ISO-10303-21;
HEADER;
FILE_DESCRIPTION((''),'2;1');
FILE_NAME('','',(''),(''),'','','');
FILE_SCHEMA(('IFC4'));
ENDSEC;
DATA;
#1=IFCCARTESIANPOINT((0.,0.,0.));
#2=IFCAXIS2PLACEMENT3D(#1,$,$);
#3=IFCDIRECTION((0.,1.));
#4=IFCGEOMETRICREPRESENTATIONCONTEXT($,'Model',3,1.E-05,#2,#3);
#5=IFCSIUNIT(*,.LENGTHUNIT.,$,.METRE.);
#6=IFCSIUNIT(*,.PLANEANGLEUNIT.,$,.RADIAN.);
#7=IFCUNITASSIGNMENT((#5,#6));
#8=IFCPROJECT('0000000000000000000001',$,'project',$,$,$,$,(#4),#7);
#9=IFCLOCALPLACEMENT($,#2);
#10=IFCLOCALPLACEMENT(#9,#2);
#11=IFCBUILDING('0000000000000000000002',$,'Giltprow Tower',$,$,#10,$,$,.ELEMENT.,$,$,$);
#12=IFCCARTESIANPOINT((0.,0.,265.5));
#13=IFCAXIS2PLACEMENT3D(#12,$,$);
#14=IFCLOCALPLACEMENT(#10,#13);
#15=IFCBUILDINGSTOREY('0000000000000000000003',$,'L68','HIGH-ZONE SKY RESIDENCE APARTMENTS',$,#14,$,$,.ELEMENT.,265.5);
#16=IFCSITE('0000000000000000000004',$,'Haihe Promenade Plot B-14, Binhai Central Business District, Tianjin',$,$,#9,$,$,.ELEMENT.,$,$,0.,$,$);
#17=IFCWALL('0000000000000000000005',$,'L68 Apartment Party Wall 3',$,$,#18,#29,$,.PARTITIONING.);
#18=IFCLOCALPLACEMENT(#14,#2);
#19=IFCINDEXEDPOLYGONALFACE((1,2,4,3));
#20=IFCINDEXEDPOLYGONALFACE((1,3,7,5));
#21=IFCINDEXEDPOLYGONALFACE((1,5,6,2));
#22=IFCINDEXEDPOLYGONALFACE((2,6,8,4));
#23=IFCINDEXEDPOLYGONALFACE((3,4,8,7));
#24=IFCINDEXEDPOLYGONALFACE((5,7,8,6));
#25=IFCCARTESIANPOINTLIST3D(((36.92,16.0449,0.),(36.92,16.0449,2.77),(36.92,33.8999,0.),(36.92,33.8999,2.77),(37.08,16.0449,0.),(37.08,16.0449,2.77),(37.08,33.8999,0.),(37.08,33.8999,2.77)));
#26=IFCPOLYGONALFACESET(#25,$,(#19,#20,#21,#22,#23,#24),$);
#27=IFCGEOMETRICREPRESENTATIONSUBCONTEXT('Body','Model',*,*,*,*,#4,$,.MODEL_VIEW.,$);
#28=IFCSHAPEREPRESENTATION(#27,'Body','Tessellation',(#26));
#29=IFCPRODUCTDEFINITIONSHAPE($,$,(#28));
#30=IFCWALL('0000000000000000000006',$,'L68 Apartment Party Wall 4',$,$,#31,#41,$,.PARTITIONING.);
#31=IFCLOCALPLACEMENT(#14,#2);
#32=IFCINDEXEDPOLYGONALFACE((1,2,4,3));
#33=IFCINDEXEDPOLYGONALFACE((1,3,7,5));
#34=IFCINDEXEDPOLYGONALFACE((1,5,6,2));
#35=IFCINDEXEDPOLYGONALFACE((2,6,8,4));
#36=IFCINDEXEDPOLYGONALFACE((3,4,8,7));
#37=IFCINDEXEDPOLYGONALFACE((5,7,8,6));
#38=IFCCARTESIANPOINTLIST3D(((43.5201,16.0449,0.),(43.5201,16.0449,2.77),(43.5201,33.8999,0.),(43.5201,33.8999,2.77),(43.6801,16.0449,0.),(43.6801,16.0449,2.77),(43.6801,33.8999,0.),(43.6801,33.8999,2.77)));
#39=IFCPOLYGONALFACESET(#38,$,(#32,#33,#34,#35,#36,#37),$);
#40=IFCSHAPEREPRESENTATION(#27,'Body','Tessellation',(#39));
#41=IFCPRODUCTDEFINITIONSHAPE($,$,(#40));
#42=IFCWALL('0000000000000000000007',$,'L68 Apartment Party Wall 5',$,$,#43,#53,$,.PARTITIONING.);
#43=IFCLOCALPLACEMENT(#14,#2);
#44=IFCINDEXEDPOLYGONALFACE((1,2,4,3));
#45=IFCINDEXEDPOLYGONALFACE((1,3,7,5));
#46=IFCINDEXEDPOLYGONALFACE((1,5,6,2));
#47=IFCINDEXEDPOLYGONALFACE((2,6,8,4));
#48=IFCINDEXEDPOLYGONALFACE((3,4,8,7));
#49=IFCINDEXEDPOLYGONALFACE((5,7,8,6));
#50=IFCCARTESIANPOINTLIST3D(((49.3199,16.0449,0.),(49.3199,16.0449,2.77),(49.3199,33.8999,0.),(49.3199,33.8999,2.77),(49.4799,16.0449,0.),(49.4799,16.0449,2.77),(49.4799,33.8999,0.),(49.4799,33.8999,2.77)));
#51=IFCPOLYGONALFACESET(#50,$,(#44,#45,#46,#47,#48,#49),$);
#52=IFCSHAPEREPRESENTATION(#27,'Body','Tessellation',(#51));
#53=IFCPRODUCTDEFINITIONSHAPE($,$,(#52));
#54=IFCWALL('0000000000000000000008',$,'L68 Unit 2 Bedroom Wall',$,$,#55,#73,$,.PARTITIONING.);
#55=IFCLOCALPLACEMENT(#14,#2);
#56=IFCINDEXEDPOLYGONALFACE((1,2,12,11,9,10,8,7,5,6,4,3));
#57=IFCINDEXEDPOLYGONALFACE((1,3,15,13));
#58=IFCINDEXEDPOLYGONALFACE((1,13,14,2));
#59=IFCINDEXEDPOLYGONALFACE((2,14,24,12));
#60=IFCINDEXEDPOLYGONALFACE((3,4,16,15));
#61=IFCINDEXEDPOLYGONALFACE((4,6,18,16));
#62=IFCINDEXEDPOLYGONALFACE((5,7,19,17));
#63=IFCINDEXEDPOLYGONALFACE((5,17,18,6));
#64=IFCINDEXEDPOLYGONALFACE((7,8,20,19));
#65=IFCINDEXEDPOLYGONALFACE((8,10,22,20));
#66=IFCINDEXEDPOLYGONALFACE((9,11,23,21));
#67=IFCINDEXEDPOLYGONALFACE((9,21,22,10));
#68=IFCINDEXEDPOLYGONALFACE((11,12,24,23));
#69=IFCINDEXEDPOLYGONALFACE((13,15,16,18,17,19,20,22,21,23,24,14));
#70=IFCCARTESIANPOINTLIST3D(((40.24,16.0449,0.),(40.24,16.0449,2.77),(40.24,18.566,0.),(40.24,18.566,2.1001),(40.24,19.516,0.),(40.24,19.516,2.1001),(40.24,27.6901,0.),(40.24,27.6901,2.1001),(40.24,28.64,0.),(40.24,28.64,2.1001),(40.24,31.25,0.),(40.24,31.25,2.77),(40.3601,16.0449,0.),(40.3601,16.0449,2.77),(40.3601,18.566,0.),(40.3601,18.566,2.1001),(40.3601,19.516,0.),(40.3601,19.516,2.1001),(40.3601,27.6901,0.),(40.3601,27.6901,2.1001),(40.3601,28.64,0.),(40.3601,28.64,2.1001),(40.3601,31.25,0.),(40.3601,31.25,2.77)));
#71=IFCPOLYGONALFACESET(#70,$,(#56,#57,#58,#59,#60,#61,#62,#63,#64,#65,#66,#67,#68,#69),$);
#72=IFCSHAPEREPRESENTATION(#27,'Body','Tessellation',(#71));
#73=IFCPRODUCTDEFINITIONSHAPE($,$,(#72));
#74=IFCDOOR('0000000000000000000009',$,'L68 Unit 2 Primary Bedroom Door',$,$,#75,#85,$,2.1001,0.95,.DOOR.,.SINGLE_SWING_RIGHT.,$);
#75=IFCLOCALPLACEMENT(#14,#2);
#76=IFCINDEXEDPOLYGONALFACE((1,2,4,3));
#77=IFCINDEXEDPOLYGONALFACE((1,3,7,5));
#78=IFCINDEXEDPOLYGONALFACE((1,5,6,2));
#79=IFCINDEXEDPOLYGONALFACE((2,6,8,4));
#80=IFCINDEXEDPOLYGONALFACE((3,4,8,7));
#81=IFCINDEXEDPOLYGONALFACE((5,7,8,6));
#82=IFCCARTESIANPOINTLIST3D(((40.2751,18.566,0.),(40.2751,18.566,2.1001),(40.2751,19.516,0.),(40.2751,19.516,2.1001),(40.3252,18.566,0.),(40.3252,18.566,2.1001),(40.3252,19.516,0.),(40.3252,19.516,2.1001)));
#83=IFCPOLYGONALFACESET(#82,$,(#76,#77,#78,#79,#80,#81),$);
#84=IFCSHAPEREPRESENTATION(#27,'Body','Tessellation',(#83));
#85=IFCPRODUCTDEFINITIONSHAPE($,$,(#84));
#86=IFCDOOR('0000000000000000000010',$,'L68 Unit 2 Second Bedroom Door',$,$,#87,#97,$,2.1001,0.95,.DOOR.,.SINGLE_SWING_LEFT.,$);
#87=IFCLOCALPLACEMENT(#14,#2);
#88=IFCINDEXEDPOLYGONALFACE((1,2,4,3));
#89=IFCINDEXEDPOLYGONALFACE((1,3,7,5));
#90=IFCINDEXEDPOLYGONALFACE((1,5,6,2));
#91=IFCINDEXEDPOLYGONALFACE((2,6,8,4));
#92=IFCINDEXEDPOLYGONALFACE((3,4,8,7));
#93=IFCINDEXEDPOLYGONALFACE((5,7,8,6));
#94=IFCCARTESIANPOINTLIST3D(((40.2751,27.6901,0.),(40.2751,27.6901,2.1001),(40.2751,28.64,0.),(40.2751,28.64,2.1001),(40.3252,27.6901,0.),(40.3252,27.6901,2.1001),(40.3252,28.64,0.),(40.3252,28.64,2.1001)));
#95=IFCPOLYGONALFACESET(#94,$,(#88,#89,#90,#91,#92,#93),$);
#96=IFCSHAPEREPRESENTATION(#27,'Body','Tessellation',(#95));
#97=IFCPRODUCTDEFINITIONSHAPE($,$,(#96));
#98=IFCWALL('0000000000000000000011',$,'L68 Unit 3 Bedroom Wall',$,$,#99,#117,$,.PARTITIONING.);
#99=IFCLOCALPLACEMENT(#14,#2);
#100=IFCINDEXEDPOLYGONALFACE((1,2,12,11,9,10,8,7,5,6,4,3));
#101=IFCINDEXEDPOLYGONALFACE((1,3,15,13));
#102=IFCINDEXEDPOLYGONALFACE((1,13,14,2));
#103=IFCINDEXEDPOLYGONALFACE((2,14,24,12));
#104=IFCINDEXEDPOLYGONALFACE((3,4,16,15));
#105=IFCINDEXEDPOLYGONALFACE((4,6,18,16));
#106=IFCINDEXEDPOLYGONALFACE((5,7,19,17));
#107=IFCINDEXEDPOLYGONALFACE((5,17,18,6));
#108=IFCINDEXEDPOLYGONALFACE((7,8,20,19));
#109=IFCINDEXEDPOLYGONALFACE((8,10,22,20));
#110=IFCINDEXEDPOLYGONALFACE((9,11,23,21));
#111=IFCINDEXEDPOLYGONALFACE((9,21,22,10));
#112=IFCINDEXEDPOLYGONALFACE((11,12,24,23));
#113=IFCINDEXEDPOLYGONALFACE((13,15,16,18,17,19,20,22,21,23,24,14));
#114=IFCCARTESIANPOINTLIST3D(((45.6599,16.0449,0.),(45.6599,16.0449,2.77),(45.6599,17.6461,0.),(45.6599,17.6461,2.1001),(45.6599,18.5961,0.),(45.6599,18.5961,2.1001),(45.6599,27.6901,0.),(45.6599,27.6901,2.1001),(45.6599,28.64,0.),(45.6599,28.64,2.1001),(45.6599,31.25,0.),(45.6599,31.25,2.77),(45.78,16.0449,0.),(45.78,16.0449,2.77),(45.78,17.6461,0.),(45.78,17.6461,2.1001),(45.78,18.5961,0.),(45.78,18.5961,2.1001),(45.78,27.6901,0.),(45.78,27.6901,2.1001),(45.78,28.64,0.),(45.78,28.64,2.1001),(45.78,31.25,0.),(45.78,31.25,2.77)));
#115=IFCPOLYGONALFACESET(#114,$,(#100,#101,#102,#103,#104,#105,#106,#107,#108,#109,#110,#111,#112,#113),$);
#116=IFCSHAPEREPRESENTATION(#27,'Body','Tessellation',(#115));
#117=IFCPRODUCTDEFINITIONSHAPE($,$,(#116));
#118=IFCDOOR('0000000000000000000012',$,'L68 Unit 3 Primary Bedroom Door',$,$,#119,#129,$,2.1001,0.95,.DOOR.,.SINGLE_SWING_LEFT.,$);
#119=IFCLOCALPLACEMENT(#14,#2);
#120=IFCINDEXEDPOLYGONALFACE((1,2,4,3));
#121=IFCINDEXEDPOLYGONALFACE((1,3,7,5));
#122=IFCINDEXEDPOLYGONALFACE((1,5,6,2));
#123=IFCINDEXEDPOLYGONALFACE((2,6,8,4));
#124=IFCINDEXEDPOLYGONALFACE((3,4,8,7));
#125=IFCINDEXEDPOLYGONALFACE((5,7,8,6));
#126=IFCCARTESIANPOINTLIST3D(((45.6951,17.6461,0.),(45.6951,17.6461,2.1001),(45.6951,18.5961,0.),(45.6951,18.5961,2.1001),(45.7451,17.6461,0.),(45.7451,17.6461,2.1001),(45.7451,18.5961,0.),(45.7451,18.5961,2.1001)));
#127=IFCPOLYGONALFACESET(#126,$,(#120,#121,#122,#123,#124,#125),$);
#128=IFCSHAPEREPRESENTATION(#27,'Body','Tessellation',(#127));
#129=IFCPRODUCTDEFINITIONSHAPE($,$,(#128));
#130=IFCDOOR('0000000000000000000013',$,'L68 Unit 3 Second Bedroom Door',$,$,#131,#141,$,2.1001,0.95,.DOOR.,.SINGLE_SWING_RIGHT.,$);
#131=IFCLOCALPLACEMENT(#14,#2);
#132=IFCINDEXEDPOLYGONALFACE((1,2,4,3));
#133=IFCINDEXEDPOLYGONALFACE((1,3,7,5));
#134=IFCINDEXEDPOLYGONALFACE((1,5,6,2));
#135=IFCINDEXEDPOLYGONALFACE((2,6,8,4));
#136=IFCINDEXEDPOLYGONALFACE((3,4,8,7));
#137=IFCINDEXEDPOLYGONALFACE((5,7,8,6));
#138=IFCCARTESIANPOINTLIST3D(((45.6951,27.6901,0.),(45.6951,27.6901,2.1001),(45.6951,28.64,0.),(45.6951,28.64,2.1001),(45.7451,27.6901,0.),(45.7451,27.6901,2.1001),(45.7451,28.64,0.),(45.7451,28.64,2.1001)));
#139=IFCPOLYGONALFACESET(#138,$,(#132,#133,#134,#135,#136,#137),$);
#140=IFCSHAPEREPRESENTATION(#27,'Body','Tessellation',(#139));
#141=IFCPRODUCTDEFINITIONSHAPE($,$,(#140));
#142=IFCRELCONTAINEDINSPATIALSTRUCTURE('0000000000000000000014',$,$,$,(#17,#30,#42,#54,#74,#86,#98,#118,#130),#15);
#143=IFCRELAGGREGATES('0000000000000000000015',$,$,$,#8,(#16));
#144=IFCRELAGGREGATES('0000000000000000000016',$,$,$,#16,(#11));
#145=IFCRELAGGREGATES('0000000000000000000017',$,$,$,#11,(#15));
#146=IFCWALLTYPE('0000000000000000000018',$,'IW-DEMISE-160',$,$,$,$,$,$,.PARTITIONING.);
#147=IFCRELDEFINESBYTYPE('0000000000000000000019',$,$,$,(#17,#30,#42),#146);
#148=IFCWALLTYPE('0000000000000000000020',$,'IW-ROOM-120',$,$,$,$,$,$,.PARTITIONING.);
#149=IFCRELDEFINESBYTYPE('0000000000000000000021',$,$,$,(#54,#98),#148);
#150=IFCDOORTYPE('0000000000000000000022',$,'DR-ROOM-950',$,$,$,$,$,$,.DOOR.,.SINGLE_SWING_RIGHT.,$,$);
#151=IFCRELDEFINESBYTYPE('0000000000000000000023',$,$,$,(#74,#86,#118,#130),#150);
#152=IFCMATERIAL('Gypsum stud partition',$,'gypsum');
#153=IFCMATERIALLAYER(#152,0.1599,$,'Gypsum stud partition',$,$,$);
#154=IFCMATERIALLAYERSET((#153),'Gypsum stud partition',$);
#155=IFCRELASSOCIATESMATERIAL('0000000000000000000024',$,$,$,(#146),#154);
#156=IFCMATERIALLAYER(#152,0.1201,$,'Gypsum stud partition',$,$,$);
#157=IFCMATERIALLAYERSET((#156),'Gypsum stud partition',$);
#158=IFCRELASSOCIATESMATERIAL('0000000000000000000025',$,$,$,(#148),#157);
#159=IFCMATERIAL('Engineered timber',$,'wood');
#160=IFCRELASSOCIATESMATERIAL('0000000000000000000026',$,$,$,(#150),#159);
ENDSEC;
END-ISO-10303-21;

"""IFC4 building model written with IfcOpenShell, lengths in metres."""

from ifc_helpers import new_model, si_unit, direction, frame, frame_2d, origin, place, context, subcontext, project, spatial, rectangle, extrude, source, transform, mapped, material, layer, layer_set, type_object, element, fill, save


model = new_model("IFC4")

# Units and contexts
model_context = context("Model", 3, precision=1e-05, world=origin(), true_north=direction((0.0, 1.0)))
body_context = subcontext(model_context, "Body", "Model", "MODEL_VIEW")
ifc_project = project(units=[si_unit("LENGTHUNIT", "METRE"), si_unit("PLANEANGLEUNIT", "RADIAN")], contexts=[model_context])

# Site, building, storey
site_placement = place(None, origin())
site = spatial("IfcSite", under=ifc_project, at=site_placement, Name="Haihe Promenade Plot B-14, Binhai Central Business District, Tianjin", CompositionType="ELEMENT", RefElevation=0.0)
building_placement = place(site_placement, origin())
building = spatial("IfcBuilding", under=site, at=building_placement, Name="Giltprow Tower", CompositionType="ELEMENT")
storey_placement = place(building_placement, frame((0.0, 0.0, 265.5)))
storey = spatial("IfcBuildingStorey", under=building, at=storey_placement, Name="L68", Description="HIGH-ZONE SKY RESIDENCE APARTMENTS", CompositionType="ELEMENT", Elevation=265.5)

# Walls
ifc_material_1 = material(Name="Gypsum stud partition", Category="gypsum")
ifc_layer_1 = layer(ifc_material_1, 0.1599, Name="Gypsum stud partition")
ifc_layer_set_1 = layer_set([ifc_layer_1], Name="Gypsum stud partition")
wall_type_1 = type_object("IfcWallType", Name="IW-DEMISE-160", PredefinedType="PARTITIONING", material=ifc_layer_set_1)
for number, where, z_axis, x_axis, name in (
    (1, (37.0, 16.0449, 0.0), (0.0, 0.0, 1.0), (0.0, 1.0, 0.0), "L68 Apartment Party Wall 3"),
    (2, (43.6001, 16.0449, 0.0), (0.0, 0.0, 1.0), (0.0, 1.0, 0.0), "L68 Apartment Party Wall 4"),
    (3, (49.3999, 16.0449, 0.0), (0.0, 0.0, 1.0), (0.0, 1.0, 0.0), "L68 Apartment Party Wall 5"),
):
    element("IfcWall", number, at=place(storey_placement, frame(where, z_axis=z_axis, x_axis=x_axis)), inside=storey, type_object=wall_type_1, Name=name, PredefinedType="PARTITIONING", context=body_context, shape_type="SweptSolid", body=[
        extrude(rectangle(XDim=17.855, YDim=0.1599, at=frame_2d((8.9275, 0.0))), origin(), (0.0, 0.0, 1.0), 2.77),
    ])

# Walls, openings, doors
ifc_layer_2 = layer(ifc_material_1, 0.1201, Name="Gypsum stud partition")
ifc_layer_set_2 = layer_set([ifc_layer_2], Name="Gypsum stud partition")
wall_type_2 = type_object("IfcWallType", Name="IW-ROOM-120", PredefinedType="PARTITIONING", material=ifc_layer_set_2)
wall_1_placement = place(storey_placement, frame((40.3, 16.0449, 0.0), z_axis=(0.0, 0.0, 1.0), x_axis=(0.0, 1.0, 0.0)))
wall_1 = element("IfcWall", 4, at=wall_1_placement, inside=storey, type_object=wall_type_2, Name="L68 Unit 2 Bedroom Wall", PredefinedType="PARTITIONING", context=body_context, shape_type="SweptSolid", body=[
    extrude(rectangle(XDim=15.2051, YDim=0.1201, at=frame_2d((7.6025, 0.0))), origin(), (0.0, 0.0, 1.0), 2.77),
])
opening_1_placement = place(wall_1_placement, frame((2.521, 0.0, 0.0)))
opening_1 = element("IfcOpeningElement", 5, at=opening_1_placement, cuts=wall_1, PredefinedType="OPENING", context=body_context, shape_type="SweptSolid", body=[
    extrude(rectangle(XDim=0.95, YDim=2.1001, at=frame_2d((0.4751, 1.05))), frame((0.0, 0.0701, 0.0), z_axis=(0.0, -1.0, 0.0), x_axis=(1.0, 0.0, 0.0)), (0.0, 0.0, 1.0), 0.1401),
])
opening_2_placement = place(wall_1_placement, frame((11.645, 0.0, 0.0)))
opening_2 = element("IfcOpeningElement", 6, at=opening_2_placement, cuts=wall_1, PredefinedType="OPENING", context=body_context, shape_type="SweptSolid", body=[
    extrude(rectangle(XDim=0.95, YDim=2.1001, at=frame_2d((0.4751, 1.05))), frame((0.0, 0.0701, 0.0), z_axis=(0.0, -1.0, 0.0), x_axis=(1.0, 0.0, 0.0)), (0.0, 0.0, 1.0), 0.1401),
])
ifc_material_2 = material(Name="Engineered timber", Category="wood")
door_type_1 = type_object("IfcDoorType", Name="DR-ROOM-950", OperationType="SINGLE_SWING_RIGHT", PredefinedType="DOOR", material=ifc_material_2)
shared_shape_1 = source(origin(), body_context, "Body", "SweptSolid", [
    extrude(rectangle(XDim=0.95, YDim=2.1001, at=frame_2d((0.4751, 1.05))), frame((0.0, 0.0249, 0.0), z_axis=(0.0, -1.0, 0.0), x_axis=(1.0, 0.0, 0.0)), (0.0, 0.0, 1.0), 0.05),
])
door_1_placement = place(opening_1_placement, origin())
door_1 = element("IfcDoor", 7, at=door_1_placement, inside=storey, type_object=door_type_1, Name="L68 Unit 2 Primary Bedroom Door", OperationType="SINGLE_SWING_RIGHT", OverallHeight=2.1001, OverallWidth=0.95, PredefinedType="DOOR", context=body_context, shape_type="MappedRepresentation", body=[
    mapped(shared_shape_1, transform((0.0, 0.0, 0.0), x_axis=(1.0, 0.0, 0.0), y_axis=(0.0, 1.0, 0.0), z_axis=(0.0, 0.0, 1.0), scale=1.0)),
])
fill(opening_1, door_1)
door_2_placement = place(opening_2_placement, origin())
door_2 = element("IfcDoor", 8, at=door_2_placement, inside=storey, type_object=door_type_1, Name="L68 Unit 2 Second Bedroom Door", OperationType="SINGLE_SWING_LEFT", OverallHeight=2.1001, OverallWidth=0.95, PredefinedType="DOOR", context=body_context, shape_type="MappedRepresentation", body=[
    mapped(shared_shape_1, transform((0.0, 0.0, 0.0), x_axis=(1.0, 0.0, 0.0), y_axis=(0.0, 1.0, 0.0), z_axis=(0.0, 0.0, 1.0), scale=1.0)),
])
fill(opening_2, door_2)
wall_2_placement = place(storey_placement, frame((45.72, 16.0449, 0.0), z_axis=(0.0, 0.0, 1.0), x_axis=(0.0, 1.0, 0.0)))
wall_2 = element("IfcWall", 9, at=wall_2_placement, inside=storey, type_object=wall_type_2, Name="L68 Unit 3 Bedroom Wall", PredefinedType="PARTITIONING", context=body_context, shape_type="SweptSolid", body=[
    extrude(rectangle(XDim=15.2051, YDim=0.1201, at=frame_2d((7.6025, 0.0))), origin(), (0.0, 0.0, 1.0), 2.77),
])
opening_3_placement = place(wall_2_placement, frame((1.6011, 0.0, 0.0)))
opening_3 = element("IfcOpeningElement", 10, at=opening_3_placement, cuts=wall_2, PredefinedType="OPENING", context=body_context, shape_type="SweptSolid", body=[
    extrude(rectangle(XDim=0.95, YDim=2.1001, at=frame_2d((0.4751, 1.05))), frame((0.0, 0.0701, 0.0), z_axis=(0.0, -1.0, 0.0), x_axis=(1.0, 0.0, 0.0)), (0.0, 0.0, 1.0), 0.1401),
])
opening_4_placement = place(wall_2_placement, frame((11.645, 0.0, 0.0)))
opening_4 = element("IfcOpeningElement", 11, at=opening_4_placement, cuts=wall_2, PredefinedType="OPENING", context=body_context, shape_type="SweptSolid", body=[
    extrude(rectangle(XDim=0.95, YDim=2.1001, at=frame_2d((0.4751, 1.05))), frame((0.0, 0.0701, 0.0), z_axis=(0.0, -1.0, 0.0), x_axis=(1.0, 0.0, 0.0)), (0.0, 0.0, 1.0), 0.1401),
])
door_3_placement = place(opening_3_placement, origin())
door_3 = element("IfcDoor", 12, at=door_3_placement, inside=storey, type_object=door_type_1, Name="L68 Unit 3 Primary Bedroom Door", OperationType="SINGLE_SWING_LEFT", OverallHeight=2.1001, OverallWidth=0.95, PredefinedType="DOOR", context=body_context, shape_type="MappedRepresentation", body=[
    mapped(shared_shape_1, transform((0.0, 0.0, 0.0), x_axis=(1.0, 0.0, 0.0), y_axis=(0.0, 1.0, 0.0), z_axis=(0.0, 0.0, 1.0), scale=1.0)),
])
fill(opening_3, door_3)
door_4_placement = place(opening_4_placement, origin())
door_4 = element("IfcDoor", 13, at=door_4_placement, inside=storey, type_object=door_type_1, Name="L68 Unit 3 Second Bedroom Door", OperationType="SINGLE_SWING_RIGHT", OverallHeight=2.1001, OverallWidth=0.95, PredefinedType="DOOR", context=body_context, shape_type="MappedRepresentation", body=[
    mapped(shared_shape_1, transform((0.0, 0.0, 0.0), x_axis=(1.0, 0.0, 0.0), y_axis=(0.0, 1.0, 0.0), z_axis=(0.0, 0.0, 1.0), scale=1.0)),
])
fill(opening_4, door_4)

save(model, "model.ifc")
